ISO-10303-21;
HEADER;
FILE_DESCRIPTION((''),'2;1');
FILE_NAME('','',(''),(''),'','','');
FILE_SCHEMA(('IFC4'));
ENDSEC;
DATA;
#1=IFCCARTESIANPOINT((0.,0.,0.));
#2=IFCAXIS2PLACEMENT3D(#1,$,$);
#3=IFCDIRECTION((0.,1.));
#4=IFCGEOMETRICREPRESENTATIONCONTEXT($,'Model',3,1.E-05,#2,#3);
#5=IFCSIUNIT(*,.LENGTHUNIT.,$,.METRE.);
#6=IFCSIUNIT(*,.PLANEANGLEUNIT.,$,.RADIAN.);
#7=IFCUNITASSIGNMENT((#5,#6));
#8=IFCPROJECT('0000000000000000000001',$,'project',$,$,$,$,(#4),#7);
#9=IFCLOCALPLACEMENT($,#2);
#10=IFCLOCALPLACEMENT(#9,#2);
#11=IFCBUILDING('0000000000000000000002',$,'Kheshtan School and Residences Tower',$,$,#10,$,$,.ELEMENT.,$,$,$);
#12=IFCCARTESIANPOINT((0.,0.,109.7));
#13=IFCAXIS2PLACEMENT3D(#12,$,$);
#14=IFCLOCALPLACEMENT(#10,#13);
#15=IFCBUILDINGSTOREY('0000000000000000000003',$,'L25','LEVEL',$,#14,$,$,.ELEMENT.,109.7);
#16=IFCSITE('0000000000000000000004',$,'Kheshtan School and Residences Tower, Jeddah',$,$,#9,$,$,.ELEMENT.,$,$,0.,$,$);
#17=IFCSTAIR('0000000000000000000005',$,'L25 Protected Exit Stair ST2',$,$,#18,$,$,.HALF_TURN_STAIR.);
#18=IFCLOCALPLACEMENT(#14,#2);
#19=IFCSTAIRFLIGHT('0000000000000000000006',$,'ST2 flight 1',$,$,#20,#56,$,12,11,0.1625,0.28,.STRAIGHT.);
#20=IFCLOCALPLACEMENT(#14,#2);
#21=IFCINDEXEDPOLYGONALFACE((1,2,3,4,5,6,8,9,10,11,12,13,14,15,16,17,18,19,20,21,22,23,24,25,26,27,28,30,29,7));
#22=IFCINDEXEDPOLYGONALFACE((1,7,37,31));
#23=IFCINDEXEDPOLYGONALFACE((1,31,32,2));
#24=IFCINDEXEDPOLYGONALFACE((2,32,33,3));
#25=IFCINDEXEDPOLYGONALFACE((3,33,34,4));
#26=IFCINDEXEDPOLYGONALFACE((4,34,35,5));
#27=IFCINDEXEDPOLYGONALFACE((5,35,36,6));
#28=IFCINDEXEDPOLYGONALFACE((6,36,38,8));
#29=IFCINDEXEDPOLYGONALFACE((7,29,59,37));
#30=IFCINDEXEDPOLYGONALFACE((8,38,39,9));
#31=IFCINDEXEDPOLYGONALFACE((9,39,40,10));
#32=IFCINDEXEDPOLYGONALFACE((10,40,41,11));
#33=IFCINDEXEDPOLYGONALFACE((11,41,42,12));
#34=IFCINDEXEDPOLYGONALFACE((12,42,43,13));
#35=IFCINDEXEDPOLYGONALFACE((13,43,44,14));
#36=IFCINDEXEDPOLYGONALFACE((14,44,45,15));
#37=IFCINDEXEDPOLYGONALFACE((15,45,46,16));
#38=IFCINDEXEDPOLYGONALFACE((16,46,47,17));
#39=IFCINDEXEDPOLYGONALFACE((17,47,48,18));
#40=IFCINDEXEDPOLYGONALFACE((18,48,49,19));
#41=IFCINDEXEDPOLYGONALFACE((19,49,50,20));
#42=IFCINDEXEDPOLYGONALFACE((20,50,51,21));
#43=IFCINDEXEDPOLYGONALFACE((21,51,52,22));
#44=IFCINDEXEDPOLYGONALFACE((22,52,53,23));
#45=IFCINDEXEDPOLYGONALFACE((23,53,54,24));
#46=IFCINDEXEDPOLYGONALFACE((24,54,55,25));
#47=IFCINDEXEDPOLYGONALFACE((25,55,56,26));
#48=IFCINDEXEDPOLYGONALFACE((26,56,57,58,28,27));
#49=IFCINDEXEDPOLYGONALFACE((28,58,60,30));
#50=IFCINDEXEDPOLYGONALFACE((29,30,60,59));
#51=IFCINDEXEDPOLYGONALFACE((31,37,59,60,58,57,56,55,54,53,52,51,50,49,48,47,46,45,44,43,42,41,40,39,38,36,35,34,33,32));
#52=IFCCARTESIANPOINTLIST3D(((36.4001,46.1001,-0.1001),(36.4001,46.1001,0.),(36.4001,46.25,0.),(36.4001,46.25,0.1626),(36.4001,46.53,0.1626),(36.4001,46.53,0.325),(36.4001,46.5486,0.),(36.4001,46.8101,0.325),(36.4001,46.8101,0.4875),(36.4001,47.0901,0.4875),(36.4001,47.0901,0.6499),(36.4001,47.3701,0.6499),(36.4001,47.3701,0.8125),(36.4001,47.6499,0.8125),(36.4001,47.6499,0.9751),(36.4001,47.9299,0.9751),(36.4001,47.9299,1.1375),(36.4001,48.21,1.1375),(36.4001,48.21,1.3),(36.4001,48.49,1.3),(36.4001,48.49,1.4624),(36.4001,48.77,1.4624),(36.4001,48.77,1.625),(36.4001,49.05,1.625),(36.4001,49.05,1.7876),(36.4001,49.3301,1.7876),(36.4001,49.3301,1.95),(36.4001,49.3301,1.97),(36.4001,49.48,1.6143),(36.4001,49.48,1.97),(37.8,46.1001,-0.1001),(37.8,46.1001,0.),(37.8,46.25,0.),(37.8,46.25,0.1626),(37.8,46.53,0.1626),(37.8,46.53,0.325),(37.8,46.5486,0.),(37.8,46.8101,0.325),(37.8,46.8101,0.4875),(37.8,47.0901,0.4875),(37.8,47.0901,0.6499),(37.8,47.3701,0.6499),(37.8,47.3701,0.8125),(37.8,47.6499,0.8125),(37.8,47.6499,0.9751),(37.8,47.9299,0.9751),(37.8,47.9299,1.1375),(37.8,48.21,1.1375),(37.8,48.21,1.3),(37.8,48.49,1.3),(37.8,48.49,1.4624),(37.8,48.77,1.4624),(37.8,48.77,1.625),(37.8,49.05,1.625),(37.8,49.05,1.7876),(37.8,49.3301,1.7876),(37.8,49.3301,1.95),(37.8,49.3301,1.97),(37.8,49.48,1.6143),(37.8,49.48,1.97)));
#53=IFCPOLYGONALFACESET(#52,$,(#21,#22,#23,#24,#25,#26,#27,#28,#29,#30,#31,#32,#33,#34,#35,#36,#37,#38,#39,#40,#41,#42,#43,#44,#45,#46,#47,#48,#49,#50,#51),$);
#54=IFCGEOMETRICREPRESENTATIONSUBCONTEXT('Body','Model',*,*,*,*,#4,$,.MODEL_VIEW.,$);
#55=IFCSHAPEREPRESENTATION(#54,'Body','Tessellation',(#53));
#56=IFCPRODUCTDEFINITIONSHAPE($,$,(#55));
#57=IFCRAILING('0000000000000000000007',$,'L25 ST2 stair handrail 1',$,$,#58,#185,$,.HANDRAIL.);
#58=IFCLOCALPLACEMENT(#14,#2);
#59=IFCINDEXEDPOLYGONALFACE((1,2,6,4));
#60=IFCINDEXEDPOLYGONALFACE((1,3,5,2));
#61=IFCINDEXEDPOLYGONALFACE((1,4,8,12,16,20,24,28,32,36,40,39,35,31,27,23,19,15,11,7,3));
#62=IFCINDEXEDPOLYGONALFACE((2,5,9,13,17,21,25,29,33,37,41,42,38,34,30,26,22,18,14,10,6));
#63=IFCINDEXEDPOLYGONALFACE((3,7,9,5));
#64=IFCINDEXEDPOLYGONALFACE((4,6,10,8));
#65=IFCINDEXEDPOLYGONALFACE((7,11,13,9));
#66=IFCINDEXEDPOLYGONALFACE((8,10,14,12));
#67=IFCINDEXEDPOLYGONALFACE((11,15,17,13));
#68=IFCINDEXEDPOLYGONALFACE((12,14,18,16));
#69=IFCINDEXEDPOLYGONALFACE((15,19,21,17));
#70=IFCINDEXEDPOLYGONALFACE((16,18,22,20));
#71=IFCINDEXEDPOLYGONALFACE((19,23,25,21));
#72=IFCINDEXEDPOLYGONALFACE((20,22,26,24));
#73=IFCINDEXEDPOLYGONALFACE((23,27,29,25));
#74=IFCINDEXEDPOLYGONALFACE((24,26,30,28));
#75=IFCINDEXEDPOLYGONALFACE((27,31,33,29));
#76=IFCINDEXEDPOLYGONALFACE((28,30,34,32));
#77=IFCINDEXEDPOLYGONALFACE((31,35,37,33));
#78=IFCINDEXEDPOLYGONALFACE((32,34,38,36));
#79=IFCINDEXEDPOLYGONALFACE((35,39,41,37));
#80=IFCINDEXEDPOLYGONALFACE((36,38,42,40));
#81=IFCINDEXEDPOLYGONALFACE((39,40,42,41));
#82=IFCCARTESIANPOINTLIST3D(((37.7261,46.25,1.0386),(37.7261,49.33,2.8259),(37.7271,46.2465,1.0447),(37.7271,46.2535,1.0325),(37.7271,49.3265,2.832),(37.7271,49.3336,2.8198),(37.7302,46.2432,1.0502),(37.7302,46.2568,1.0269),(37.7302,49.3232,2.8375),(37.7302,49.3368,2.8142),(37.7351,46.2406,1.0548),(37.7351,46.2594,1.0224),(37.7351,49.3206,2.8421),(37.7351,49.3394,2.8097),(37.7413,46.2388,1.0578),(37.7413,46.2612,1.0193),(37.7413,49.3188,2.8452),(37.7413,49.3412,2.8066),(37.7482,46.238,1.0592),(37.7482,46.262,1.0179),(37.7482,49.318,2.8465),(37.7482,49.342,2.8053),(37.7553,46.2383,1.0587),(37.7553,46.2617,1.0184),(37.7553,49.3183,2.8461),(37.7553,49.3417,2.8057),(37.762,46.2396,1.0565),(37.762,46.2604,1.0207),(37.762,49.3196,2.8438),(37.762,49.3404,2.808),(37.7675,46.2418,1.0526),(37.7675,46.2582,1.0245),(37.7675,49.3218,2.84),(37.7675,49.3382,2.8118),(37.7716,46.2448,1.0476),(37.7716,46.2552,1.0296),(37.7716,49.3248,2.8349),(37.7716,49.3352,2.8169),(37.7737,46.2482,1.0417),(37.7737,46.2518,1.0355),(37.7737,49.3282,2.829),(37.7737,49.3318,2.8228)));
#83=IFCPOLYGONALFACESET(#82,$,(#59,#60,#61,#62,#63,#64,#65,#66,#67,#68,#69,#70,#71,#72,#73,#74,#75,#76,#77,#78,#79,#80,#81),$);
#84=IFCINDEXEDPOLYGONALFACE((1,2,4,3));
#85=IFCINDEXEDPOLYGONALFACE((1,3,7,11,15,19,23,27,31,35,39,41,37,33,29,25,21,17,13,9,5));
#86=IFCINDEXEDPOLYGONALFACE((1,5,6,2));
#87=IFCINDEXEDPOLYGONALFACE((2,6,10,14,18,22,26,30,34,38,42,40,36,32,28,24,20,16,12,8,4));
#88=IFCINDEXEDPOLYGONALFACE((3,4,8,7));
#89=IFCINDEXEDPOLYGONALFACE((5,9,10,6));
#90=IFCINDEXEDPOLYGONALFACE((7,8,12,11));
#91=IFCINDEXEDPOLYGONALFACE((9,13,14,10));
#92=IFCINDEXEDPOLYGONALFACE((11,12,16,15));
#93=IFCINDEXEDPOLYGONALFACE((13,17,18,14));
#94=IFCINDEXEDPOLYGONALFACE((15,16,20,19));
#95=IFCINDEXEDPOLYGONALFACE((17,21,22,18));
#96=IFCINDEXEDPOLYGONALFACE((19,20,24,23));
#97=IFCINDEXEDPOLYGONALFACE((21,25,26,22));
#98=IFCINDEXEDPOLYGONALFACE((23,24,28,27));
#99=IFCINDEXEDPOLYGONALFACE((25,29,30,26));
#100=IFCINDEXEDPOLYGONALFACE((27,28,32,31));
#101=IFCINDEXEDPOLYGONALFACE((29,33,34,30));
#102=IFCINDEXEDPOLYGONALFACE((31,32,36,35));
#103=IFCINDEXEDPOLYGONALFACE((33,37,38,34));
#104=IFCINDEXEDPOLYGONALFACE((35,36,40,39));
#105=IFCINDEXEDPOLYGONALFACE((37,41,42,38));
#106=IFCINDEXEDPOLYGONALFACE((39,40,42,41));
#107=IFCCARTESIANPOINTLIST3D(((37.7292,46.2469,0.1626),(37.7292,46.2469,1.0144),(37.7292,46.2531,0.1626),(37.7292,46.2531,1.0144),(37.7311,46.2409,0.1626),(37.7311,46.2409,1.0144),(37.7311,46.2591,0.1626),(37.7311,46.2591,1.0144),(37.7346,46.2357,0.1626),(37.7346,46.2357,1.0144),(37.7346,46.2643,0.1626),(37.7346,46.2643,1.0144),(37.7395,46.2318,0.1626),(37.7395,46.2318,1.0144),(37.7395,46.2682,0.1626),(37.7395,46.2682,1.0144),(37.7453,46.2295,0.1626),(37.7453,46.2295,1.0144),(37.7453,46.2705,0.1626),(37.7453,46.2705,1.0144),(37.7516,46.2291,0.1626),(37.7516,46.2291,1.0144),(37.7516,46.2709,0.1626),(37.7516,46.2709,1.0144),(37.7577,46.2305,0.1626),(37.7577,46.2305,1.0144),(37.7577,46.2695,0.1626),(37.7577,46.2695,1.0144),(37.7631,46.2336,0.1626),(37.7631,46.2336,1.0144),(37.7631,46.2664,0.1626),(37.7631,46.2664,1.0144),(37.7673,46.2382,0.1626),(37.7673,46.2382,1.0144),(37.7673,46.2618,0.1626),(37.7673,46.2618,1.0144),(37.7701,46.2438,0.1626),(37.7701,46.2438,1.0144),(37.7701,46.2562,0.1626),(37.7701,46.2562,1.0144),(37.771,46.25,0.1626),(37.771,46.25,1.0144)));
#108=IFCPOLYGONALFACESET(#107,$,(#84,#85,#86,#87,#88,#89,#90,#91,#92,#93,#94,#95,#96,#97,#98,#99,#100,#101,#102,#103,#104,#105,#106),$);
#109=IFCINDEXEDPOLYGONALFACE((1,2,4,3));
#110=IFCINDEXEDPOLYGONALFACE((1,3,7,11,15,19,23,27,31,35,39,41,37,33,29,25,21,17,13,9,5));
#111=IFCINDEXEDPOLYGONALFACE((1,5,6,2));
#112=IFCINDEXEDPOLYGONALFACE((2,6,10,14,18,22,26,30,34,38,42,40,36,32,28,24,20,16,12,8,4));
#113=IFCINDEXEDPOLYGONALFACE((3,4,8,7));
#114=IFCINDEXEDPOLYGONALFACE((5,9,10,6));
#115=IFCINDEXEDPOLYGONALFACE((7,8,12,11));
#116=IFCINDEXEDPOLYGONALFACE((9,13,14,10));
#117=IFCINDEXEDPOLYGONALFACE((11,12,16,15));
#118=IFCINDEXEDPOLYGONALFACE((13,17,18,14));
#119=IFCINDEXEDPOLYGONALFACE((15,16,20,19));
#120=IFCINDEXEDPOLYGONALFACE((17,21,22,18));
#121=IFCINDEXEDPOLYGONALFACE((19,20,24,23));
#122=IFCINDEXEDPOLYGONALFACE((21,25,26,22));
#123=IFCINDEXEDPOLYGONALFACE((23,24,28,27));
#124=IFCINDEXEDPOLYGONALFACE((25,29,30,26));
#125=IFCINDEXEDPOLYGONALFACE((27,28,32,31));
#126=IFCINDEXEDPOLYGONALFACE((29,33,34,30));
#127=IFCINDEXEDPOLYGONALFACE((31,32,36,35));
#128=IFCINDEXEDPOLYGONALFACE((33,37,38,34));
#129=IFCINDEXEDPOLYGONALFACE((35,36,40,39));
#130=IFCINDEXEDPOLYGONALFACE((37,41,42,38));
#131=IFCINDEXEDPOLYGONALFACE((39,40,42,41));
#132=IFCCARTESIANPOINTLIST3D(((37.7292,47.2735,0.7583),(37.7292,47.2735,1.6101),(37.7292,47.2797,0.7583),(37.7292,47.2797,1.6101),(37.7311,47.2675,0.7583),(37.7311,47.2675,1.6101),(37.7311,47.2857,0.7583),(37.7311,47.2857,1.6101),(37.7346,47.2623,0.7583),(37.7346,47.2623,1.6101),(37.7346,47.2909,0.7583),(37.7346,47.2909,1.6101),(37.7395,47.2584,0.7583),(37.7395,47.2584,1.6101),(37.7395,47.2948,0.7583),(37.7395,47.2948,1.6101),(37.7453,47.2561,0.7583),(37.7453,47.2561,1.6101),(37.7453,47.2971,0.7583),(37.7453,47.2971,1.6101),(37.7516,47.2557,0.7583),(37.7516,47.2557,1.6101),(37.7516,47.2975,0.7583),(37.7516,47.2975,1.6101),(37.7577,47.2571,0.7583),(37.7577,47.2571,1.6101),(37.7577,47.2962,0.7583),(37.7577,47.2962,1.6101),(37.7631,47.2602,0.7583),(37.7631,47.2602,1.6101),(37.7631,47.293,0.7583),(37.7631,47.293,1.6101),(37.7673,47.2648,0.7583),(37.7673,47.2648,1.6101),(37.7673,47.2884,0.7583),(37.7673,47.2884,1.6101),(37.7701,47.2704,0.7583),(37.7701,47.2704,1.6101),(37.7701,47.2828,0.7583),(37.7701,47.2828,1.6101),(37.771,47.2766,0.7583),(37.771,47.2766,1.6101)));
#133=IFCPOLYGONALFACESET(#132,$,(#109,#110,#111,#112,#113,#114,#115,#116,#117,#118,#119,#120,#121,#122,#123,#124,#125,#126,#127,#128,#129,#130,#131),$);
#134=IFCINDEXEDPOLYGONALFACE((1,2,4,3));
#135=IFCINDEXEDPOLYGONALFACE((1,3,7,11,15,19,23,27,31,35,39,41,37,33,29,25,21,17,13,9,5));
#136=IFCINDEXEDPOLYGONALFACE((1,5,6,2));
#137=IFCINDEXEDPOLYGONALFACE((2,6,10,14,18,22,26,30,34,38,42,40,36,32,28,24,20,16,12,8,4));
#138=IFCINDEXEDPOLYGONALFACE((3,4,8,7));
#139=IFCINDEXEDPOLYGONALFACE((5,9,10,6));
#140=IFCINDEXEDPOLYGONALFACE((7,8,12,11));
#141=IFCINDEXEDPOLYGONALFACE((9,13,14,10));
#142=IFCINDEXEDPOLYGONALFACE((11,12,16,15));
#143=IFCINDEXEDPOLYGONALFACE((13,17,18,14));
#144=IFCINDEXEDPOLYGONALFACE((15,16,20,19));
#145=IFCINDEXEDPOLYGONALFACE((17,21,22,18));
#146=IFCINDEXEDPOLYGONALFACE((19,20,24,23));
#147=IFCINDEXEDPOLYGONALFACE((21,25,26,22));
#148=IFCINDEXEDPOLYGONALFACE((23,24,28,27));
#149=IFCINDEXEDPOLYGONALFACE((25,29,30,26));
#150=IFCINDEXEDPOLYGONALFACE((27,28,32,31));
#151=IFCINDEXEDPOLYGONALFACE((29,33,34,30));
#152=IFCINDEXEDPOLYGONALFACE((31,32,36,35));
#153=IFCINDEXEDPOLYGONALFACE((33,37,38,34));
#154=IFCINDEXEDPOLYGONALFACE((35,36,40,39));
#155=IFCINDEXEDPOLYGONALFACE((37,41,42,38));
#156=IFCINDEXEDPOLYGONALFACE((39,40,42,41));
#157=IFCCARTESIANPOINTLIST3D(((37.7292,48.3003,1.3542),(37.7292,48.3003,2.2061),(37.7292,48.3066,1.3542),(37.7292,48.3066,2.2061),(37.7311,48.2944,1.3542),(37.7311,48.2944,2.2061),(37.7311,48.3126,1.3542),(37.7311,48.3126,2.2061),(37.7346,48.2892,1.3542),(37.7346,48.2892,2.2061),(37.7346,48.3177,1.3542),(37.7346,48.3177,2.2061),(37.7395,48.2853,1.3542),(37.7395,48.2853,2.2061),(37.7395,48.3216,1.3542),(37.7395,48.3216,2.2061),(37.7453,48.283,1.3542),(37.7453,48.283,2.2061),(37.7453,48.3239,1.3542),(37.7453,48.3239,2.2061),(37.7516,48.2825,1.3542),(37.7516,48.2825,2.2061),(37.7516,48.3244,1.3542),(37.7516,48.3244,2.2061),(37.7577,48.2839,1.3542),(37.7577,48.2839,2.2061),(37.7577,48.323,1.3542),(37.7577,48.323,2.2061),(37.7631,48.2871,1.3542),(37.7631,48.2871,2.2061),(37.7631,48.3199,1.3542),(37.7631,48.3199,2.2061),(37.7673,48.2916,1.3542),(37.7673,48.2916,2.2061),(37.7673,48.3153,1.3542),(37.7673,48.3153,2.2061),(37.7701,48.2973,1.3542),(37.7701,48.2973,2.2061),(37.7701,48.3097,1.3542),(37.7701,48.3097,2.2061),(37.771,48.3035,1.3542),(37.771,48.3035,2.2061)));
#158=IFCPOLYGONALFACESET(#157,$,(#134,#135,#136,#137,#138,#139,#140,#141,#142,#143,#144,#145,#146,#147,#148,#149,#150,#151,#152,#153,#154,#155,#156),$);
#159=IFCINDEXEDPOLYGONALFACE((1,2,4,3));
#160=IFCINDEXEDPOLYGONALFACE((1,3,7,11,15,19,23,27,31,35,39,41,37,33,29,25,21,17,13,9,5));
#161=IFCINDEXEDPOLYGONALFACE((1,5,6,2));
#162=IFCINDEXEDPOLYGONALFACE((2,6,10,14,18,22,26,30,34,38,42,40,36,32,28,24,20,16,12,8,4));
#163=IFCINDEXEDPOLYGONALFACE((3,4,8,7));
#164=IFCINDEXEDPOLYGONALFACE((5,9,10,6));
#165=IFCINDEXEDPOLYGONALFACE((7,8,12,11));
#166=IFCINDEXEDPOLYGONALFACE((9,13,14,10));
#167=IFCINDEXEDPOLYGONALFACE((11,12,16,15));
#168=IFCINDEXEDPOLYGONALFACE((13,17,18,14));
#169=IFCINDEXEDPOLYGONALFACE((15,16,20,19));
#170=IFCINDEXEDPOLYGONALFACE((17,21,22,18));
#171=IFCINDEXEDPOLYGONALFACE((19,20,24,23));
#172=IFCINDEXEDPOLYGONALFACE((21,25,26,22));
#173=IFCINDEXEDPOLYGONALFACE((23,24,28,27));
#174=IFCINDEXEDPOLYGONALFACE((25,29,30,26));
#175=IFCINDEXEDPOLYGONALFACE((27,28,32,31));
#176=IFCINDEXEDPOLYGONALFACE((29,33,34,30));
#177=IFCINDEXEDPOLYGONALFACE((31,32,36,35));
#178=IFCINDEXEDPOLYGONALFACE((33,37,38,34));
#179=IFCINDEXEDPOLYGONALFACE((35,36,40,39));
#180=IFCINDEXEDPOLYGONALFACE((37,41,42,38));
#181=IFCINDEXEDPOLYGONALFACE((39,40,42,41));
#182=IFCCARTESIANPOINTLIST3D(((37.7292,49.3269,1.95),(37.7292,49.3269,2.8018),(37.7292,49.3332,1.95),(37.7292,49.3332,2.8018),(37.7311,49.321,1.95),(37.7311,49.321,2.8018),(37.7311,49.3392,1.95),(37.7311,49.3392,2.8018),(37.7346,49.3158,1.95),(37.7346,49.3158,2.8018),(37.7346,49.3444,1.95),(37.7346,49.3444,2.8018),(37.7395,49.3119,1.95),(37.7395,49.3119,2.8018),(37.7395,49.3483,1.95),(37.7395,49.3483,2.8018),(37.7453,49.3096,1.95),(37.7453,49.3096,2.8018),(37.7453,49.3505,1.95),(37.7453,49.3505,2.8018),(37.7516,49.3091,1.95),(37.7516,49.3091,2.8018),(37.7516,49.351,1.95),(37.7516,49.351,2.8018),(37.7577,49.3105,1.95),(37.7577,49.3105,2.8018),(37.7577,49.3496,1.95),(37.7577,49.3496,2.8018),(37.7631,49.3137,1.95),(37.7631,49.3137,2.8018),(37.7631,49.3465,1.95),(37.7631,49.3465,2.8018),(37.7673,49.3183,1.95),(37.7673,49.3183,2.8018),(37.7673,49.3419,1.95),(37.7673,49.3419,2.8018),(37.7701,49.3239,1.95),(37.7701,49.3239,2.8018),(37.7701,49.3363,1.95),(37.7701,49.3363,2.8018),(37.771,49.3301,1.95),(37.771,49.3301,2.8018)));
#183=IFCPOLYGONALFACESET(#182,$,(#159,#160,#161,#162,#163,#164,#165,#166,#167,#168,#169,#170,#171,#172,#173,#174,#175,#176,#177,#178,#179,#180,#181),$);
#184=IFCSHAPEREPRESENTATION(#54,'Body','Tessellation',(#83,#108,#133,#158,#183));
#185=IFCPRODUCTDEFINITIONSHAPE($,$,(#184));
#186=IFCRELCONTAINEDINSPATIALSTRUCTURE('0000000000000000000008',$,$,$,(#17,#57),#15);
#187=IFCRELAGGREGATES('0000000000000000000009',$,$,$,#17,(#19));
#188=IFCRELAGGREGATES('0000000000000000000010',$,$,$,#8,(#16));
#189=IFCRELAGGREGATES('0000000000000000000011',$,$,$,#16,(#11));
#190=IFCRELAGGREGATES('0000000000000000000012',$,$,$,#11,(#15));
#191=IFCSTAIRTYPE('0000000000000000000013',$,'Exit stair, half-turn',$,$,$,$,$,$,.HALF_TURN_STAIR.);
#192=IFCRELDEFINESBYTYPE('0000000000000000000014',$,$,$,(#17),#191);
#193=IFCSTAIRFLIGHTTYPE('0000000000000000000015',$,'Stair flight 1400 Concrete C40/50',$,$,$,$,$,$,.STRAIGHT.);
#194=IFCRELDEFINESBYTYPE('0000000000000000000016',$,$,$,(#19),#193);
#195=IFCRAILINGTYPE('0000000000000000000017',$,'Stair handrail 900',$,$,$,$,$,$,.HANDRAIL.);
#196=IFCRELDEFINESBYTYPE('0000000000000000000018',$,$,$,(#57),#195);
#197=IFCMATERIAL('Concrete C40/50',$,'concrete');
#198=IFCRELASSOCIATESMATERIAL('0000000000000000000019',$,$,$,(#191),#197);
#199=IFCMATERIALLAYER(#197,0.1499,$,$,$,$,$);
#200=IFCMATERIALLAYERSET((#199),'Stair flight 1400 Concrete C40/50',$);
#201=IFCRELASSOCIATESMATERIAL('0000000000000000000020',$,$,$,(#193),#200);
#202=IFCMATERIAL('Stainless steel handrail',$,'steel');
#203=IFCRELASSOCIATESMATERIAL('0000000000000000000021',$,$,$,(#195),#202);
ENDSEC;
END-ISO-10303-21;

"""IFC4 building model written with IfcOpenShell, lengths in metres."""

from ifc_helpers import new_model, si_unit, direction, frame, origin, origin_2d, place, context, subcontext, project, spatial, polyline, circle, outline, extrude, material, layer, layer_set, type_object, element, aggregate, save


model = new_model("IFC4")

# Units and contexts
model_context = context("Model", 3, precision=1e-05, world=origin(), true_north=direction((0.0, 1.0)))
body_context = subcontext(model_context, "Body", "Model", "MODEL_VIEW")
ifc_project = project(units=[si_unit("LENGTHUNIT", "METRE"), si_unit("PLANEANGLEUNIT", "RADIAN")], contexts=[model_context])

# Site, building, storey
site_placement = place(None, origin())
site = spatial("IfcSite", under=ifc_project, at=site_placement, Name="Kheshtan School and Residences Tower, Jeddah", CompositionType="ELEMENT", RefElevation=0.0)
building_placement = place(site_placement, origin())
building = spatial("IfcBuilding", under=site, at=building_placement, Name="Kheshtan School and Residences Tower", CompositionType="ELEMENT")
storey_placement = place(building_placement, frame((0.0, 0.0, 109.7)))
storey = spatial("IfcBuildingStorey", under=building, at=storey_placement, Name="L25", Description="LEVEL", CompositionType="ELEMENT", Elevation=109.7)

# Shared definitions
ifc_material_1 = material(Name="Concrete C40/50", Category="concrete")

# Stair, stair flight
stair_type = type_object("IfcStairType", Name="Exit stair, half-turn", PredefinedType="HALF_TURN_STAIR", material=ifc_material_1)
stair_placement = place(storey_placement, origin())
stair = element("IfcStair", 1, at=stair_placement, inside=storey, type_object=stair_type, Name="L25 Protected Exit Stair ST2", PredefinedType="HALF_TURN_STAIR")
ifc_layer_1 = layer(ifc_material_1, 0.1499)
ifc_layer_set_1 = layer_set([ifc_layer_1], Name="Stair flight 1400 Concrete C40/50")
stair_flight_type = type_object("IfcStairFlightType", Name="Stair flight 1400 Concrete C40/50", PredefinedType="STRAIGHT", material=ifc_layer_set_1)
stair_flight_placement = place(storey_placement, frame((37.1001, 46.25, 0.0), z_axis=(0.0, 0.0, 1.0), x_axis=(0.0, 1.0, 0.0)))
stair_flight = element("IfcStairFlight", 2, at=stair_flight_placement, type_object=stair_flight_type, Name="ST2 flight 1", NumberOfRisers=12, NumberOfTreads=11, PredefinedType="STRAIGHT", RiserHeight=0.1625, TreadLength=0.28, context=body_context, shape_type="SweptSolid", body=[
    extrude(outline(polyline([(-0.1499, -0.1001), (-0.1499, 0.0), (0.0, 0.0), (0.0, 0.1626), (0.28, 0.1626), (0.28, 0.325), (0.5601, 0.325), (0.5601, 0.4875), (0.8401, 0.4875), (0.8401, 0.6499), (1.1201, 0.6499), (1.1201, 0.8125), (1.3999, 0.8125), (1.3999, 0.9751), (1.6799, 0.9751), (1.6799, 1.1375), (1.96, 1.1375), (1.96, 1.3), (2.24, 1.3), (2.24, 1.4624), (2.52, 1.4624), (2.52, 1.625), (2.8, 1.625), (2.8, 1.7876), (3.0801, 1.7876), (3.0801, 1.95), (3.0801, 1.97), (3.23, 1.97), (3.23, 1.6143), (0.2986, 0.0), (-0.1499, -0.1001)])), frame((0.0, 0.7, 0.0), z_axis=(0.0, -1.0, 0.0), x_axis=(1.0, 0.0, 0.0)), (0.0, 0.0, 1.0), 1.3999),
])
aggregate(stair, [stair_flight])

# Railing
ifc_material_2 = material(Name="Stainless steel handrail", Category="steel")
railing_type_1 = type_object("IfcRailingType", Name="Stair handrail 900", PredefinedType="HANDRAIL", material=ifc_material_2)
railing_1_placement = place(storey_placement, frame((37.75, 46.25, 0.1626)))
element("IfcRailing", 3, at=railing_1_placement, inside=storey, type_object=railing_type_1, Name="L25 ST2 stair handrail 1", PredefinedType="HANDRAIL", context=body_context, shape_type="SweptSolid", body=[
    extrude(circle(Radius=0.0239, at=origin_2d()), frame((0.0, 0.0, 0.876), z_axis=(0.0, 0.86492, 0.501909), x_axis=(-1.0, 0.0, 0.0)), (0.0, 0.0, 1.0), 3.561),
    extrude(circle(Radius=0.021, at=origin_2d()), origin(), (0.0, 0.0, 1.0), 0.8518),
    extrude(circle(Radius=0.021, at=origin_2d()), frame((0.0, 1.0266, 0.5957)), (0.0, 0.0, 1.0), 0.8518),
    extrude(circle(Radius=0.021, at=origin_2d()), frame((0.0, 2.0535, 1.1917)), (0.0, 0.0, 1.0), 0.8518),
    extrude(circle(Radius=0.021, at=origin_2d()), frame((0.0, 3.0801, 1.7874)), (0.0, 0.0, 1.0), 0.8518),
])

save(model, "model.ifc")
